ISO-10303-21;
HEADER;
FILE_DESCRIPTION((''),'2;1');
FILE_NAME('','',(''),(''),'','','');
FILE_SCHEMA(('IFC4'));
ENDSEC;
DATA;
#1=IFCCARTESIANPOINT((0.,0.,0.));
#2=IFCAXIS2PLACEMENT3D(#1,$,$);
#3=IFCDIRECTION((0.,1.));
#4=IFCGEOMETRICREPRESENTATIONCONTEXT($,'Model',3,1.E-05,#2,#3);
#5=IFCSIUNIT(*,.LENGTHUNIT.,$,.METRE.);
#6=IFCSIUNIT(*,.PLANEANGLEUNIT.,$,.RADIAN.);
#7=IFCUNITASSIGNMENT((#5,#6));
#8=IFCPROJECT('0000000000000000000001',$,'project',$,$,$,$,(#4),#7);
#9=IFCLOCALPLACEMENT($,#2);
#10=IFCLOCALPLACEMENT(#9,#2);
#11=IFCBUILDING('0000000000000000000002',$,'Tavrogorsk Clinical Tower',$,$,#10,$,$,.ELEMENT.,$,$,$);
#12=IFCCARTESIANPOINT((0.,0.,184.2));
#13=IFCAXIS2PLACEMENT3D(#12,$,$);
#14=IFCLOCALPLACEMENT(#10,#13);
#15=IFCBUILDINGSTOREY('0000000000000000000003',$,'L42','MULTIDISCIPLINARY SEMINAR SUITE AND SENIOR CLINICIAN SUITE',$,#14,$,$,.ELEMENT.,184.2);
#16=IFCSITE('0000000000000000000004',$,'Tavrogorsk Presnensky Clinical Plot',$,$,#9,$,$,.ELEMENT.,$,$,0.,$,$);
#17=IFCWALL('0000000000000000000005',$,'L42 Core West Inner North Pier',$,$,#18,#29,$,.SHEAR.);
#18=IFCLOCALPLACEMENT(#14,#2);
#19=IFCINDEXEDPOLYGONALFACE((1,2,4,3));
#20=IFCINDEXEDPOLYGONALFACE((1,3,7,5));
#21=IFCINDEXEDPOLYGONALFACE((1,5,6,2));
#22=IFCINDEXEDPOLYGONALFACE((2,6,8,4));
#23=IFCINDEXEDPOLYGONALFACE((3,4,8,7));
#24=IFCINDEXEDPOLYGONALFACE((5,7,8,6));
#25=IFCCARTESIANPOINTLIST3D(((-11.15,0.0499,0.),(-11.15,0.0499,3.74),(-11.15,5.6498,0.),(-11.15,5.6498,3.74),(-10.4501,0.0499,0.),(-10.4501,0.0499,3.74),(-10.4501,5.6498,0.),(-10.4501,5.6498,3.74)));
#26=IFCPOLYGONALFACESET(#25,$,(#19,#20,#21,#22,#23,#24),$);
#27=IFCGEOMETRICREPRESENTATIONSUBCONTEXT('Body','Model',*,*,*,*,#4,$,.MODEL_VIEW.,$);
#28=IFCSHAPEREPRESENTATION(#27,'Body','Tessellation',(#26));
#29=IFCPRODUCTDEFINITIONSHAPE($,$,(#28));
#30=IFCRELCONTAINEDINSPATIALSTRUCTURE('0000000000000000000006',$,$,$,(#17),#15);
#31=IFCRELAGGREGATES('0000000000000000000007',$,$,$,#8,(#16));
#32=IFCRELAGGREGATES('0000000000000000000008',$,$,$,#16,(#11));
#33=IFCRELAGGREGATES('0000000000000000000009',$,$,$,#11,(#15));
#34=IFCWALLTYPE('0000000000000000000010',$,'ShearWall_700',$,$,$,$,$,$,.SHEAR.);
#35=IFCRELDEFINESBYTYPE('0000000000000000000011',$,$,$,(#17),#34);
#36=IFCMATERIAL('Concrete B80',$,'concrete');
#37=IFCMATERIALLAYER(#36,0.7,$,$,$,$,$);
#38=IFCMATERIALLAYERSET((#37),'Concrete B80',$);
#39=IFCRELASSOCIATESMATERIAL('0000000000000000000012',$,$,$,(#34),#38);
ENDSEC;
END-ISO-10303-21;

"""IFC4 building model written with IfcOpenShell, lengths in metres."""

from ifc_helpers import new_model, si_unit, direction, frame, frame_2d, origin, place, context, subcontext, project, spatial, rectangle, extrude, material, layer, layer_set, type_object, element, save


model = new_model("IFC4")

# Units and contexts
model_context = context("Model", 3, precision=1e-05, world=origin(), true_north=direction((0.0, 1.0)))
body_context = subcontext(model_context, "Body", "Model", "MODEL_VIEW")
ifc_project = project(units=[si_unit("LENGTHUNIT", "METRE"), si_unit("PLANEANGLEUNIT", "RADIAN")], contexts=[model_context])

# Site, building, storey
site_placement = place(None, origin())
site = spatial("IfcSite", under=ifc_project, at=site_placement, Name="Tavrogorsk Presnensky Clinical Plot", CompositionType="ELEMENT", RefElevation=0.0)
building_placement = place(site_placement, origin())
building = spatial("IfcBuilding", under=site, at=building_placement, Name="Tavrogorsk Clinical Tower", CompositionType="ELEMENT")
storey_placement = place(building_placement, frame((0.0, 0.0, 184.2)))
storey = spatial("IfcBuildingStorey", under=building, at=storey_placement, Name="L42", Description="MULTIDISCIPLINARY SEMINAR SUITE AND SENIOR CLINICIAN SUITE", CompositionType="ELEMENT", Elevation=184.2)

# Wall
ifc_material_1 = material(Name="Concrete B80", Category="concrete")
ifc_layer_1 = layer(ifc_material_1, 0.7)
ifc_layer_set_1 = layer_set([ifc_layer_1], Name="Concrete B80")
wall_type_1 = type_object("IfcWallType", Name="ShearWall_700", PredefinedType="SHEAR", material=ifc_layer_set_1)
wall_1_placement = place(storey_placement, frame((-10.8, 0.05, 0.0), z_axis=(0.0, 0.0, 1.0), x_axis=(0.0, 1.0, 0.0)))
element("IfcWall", 1, at=wall_1_placement, inside=storey, type_object=wall_type_1, Name="L42 Core West Inner North Pier", PredefinedType="SHEAR", context=body_context, shape_type="SweptSolid", body=[
    extrude(rectangle(XDim=5.5999, YDim=0.7, at=frame_2d((2.7998, 0.0))), origin(), (0.0, 0.0, 1.0), 3.74),
])

save(model, "model.ifc")
